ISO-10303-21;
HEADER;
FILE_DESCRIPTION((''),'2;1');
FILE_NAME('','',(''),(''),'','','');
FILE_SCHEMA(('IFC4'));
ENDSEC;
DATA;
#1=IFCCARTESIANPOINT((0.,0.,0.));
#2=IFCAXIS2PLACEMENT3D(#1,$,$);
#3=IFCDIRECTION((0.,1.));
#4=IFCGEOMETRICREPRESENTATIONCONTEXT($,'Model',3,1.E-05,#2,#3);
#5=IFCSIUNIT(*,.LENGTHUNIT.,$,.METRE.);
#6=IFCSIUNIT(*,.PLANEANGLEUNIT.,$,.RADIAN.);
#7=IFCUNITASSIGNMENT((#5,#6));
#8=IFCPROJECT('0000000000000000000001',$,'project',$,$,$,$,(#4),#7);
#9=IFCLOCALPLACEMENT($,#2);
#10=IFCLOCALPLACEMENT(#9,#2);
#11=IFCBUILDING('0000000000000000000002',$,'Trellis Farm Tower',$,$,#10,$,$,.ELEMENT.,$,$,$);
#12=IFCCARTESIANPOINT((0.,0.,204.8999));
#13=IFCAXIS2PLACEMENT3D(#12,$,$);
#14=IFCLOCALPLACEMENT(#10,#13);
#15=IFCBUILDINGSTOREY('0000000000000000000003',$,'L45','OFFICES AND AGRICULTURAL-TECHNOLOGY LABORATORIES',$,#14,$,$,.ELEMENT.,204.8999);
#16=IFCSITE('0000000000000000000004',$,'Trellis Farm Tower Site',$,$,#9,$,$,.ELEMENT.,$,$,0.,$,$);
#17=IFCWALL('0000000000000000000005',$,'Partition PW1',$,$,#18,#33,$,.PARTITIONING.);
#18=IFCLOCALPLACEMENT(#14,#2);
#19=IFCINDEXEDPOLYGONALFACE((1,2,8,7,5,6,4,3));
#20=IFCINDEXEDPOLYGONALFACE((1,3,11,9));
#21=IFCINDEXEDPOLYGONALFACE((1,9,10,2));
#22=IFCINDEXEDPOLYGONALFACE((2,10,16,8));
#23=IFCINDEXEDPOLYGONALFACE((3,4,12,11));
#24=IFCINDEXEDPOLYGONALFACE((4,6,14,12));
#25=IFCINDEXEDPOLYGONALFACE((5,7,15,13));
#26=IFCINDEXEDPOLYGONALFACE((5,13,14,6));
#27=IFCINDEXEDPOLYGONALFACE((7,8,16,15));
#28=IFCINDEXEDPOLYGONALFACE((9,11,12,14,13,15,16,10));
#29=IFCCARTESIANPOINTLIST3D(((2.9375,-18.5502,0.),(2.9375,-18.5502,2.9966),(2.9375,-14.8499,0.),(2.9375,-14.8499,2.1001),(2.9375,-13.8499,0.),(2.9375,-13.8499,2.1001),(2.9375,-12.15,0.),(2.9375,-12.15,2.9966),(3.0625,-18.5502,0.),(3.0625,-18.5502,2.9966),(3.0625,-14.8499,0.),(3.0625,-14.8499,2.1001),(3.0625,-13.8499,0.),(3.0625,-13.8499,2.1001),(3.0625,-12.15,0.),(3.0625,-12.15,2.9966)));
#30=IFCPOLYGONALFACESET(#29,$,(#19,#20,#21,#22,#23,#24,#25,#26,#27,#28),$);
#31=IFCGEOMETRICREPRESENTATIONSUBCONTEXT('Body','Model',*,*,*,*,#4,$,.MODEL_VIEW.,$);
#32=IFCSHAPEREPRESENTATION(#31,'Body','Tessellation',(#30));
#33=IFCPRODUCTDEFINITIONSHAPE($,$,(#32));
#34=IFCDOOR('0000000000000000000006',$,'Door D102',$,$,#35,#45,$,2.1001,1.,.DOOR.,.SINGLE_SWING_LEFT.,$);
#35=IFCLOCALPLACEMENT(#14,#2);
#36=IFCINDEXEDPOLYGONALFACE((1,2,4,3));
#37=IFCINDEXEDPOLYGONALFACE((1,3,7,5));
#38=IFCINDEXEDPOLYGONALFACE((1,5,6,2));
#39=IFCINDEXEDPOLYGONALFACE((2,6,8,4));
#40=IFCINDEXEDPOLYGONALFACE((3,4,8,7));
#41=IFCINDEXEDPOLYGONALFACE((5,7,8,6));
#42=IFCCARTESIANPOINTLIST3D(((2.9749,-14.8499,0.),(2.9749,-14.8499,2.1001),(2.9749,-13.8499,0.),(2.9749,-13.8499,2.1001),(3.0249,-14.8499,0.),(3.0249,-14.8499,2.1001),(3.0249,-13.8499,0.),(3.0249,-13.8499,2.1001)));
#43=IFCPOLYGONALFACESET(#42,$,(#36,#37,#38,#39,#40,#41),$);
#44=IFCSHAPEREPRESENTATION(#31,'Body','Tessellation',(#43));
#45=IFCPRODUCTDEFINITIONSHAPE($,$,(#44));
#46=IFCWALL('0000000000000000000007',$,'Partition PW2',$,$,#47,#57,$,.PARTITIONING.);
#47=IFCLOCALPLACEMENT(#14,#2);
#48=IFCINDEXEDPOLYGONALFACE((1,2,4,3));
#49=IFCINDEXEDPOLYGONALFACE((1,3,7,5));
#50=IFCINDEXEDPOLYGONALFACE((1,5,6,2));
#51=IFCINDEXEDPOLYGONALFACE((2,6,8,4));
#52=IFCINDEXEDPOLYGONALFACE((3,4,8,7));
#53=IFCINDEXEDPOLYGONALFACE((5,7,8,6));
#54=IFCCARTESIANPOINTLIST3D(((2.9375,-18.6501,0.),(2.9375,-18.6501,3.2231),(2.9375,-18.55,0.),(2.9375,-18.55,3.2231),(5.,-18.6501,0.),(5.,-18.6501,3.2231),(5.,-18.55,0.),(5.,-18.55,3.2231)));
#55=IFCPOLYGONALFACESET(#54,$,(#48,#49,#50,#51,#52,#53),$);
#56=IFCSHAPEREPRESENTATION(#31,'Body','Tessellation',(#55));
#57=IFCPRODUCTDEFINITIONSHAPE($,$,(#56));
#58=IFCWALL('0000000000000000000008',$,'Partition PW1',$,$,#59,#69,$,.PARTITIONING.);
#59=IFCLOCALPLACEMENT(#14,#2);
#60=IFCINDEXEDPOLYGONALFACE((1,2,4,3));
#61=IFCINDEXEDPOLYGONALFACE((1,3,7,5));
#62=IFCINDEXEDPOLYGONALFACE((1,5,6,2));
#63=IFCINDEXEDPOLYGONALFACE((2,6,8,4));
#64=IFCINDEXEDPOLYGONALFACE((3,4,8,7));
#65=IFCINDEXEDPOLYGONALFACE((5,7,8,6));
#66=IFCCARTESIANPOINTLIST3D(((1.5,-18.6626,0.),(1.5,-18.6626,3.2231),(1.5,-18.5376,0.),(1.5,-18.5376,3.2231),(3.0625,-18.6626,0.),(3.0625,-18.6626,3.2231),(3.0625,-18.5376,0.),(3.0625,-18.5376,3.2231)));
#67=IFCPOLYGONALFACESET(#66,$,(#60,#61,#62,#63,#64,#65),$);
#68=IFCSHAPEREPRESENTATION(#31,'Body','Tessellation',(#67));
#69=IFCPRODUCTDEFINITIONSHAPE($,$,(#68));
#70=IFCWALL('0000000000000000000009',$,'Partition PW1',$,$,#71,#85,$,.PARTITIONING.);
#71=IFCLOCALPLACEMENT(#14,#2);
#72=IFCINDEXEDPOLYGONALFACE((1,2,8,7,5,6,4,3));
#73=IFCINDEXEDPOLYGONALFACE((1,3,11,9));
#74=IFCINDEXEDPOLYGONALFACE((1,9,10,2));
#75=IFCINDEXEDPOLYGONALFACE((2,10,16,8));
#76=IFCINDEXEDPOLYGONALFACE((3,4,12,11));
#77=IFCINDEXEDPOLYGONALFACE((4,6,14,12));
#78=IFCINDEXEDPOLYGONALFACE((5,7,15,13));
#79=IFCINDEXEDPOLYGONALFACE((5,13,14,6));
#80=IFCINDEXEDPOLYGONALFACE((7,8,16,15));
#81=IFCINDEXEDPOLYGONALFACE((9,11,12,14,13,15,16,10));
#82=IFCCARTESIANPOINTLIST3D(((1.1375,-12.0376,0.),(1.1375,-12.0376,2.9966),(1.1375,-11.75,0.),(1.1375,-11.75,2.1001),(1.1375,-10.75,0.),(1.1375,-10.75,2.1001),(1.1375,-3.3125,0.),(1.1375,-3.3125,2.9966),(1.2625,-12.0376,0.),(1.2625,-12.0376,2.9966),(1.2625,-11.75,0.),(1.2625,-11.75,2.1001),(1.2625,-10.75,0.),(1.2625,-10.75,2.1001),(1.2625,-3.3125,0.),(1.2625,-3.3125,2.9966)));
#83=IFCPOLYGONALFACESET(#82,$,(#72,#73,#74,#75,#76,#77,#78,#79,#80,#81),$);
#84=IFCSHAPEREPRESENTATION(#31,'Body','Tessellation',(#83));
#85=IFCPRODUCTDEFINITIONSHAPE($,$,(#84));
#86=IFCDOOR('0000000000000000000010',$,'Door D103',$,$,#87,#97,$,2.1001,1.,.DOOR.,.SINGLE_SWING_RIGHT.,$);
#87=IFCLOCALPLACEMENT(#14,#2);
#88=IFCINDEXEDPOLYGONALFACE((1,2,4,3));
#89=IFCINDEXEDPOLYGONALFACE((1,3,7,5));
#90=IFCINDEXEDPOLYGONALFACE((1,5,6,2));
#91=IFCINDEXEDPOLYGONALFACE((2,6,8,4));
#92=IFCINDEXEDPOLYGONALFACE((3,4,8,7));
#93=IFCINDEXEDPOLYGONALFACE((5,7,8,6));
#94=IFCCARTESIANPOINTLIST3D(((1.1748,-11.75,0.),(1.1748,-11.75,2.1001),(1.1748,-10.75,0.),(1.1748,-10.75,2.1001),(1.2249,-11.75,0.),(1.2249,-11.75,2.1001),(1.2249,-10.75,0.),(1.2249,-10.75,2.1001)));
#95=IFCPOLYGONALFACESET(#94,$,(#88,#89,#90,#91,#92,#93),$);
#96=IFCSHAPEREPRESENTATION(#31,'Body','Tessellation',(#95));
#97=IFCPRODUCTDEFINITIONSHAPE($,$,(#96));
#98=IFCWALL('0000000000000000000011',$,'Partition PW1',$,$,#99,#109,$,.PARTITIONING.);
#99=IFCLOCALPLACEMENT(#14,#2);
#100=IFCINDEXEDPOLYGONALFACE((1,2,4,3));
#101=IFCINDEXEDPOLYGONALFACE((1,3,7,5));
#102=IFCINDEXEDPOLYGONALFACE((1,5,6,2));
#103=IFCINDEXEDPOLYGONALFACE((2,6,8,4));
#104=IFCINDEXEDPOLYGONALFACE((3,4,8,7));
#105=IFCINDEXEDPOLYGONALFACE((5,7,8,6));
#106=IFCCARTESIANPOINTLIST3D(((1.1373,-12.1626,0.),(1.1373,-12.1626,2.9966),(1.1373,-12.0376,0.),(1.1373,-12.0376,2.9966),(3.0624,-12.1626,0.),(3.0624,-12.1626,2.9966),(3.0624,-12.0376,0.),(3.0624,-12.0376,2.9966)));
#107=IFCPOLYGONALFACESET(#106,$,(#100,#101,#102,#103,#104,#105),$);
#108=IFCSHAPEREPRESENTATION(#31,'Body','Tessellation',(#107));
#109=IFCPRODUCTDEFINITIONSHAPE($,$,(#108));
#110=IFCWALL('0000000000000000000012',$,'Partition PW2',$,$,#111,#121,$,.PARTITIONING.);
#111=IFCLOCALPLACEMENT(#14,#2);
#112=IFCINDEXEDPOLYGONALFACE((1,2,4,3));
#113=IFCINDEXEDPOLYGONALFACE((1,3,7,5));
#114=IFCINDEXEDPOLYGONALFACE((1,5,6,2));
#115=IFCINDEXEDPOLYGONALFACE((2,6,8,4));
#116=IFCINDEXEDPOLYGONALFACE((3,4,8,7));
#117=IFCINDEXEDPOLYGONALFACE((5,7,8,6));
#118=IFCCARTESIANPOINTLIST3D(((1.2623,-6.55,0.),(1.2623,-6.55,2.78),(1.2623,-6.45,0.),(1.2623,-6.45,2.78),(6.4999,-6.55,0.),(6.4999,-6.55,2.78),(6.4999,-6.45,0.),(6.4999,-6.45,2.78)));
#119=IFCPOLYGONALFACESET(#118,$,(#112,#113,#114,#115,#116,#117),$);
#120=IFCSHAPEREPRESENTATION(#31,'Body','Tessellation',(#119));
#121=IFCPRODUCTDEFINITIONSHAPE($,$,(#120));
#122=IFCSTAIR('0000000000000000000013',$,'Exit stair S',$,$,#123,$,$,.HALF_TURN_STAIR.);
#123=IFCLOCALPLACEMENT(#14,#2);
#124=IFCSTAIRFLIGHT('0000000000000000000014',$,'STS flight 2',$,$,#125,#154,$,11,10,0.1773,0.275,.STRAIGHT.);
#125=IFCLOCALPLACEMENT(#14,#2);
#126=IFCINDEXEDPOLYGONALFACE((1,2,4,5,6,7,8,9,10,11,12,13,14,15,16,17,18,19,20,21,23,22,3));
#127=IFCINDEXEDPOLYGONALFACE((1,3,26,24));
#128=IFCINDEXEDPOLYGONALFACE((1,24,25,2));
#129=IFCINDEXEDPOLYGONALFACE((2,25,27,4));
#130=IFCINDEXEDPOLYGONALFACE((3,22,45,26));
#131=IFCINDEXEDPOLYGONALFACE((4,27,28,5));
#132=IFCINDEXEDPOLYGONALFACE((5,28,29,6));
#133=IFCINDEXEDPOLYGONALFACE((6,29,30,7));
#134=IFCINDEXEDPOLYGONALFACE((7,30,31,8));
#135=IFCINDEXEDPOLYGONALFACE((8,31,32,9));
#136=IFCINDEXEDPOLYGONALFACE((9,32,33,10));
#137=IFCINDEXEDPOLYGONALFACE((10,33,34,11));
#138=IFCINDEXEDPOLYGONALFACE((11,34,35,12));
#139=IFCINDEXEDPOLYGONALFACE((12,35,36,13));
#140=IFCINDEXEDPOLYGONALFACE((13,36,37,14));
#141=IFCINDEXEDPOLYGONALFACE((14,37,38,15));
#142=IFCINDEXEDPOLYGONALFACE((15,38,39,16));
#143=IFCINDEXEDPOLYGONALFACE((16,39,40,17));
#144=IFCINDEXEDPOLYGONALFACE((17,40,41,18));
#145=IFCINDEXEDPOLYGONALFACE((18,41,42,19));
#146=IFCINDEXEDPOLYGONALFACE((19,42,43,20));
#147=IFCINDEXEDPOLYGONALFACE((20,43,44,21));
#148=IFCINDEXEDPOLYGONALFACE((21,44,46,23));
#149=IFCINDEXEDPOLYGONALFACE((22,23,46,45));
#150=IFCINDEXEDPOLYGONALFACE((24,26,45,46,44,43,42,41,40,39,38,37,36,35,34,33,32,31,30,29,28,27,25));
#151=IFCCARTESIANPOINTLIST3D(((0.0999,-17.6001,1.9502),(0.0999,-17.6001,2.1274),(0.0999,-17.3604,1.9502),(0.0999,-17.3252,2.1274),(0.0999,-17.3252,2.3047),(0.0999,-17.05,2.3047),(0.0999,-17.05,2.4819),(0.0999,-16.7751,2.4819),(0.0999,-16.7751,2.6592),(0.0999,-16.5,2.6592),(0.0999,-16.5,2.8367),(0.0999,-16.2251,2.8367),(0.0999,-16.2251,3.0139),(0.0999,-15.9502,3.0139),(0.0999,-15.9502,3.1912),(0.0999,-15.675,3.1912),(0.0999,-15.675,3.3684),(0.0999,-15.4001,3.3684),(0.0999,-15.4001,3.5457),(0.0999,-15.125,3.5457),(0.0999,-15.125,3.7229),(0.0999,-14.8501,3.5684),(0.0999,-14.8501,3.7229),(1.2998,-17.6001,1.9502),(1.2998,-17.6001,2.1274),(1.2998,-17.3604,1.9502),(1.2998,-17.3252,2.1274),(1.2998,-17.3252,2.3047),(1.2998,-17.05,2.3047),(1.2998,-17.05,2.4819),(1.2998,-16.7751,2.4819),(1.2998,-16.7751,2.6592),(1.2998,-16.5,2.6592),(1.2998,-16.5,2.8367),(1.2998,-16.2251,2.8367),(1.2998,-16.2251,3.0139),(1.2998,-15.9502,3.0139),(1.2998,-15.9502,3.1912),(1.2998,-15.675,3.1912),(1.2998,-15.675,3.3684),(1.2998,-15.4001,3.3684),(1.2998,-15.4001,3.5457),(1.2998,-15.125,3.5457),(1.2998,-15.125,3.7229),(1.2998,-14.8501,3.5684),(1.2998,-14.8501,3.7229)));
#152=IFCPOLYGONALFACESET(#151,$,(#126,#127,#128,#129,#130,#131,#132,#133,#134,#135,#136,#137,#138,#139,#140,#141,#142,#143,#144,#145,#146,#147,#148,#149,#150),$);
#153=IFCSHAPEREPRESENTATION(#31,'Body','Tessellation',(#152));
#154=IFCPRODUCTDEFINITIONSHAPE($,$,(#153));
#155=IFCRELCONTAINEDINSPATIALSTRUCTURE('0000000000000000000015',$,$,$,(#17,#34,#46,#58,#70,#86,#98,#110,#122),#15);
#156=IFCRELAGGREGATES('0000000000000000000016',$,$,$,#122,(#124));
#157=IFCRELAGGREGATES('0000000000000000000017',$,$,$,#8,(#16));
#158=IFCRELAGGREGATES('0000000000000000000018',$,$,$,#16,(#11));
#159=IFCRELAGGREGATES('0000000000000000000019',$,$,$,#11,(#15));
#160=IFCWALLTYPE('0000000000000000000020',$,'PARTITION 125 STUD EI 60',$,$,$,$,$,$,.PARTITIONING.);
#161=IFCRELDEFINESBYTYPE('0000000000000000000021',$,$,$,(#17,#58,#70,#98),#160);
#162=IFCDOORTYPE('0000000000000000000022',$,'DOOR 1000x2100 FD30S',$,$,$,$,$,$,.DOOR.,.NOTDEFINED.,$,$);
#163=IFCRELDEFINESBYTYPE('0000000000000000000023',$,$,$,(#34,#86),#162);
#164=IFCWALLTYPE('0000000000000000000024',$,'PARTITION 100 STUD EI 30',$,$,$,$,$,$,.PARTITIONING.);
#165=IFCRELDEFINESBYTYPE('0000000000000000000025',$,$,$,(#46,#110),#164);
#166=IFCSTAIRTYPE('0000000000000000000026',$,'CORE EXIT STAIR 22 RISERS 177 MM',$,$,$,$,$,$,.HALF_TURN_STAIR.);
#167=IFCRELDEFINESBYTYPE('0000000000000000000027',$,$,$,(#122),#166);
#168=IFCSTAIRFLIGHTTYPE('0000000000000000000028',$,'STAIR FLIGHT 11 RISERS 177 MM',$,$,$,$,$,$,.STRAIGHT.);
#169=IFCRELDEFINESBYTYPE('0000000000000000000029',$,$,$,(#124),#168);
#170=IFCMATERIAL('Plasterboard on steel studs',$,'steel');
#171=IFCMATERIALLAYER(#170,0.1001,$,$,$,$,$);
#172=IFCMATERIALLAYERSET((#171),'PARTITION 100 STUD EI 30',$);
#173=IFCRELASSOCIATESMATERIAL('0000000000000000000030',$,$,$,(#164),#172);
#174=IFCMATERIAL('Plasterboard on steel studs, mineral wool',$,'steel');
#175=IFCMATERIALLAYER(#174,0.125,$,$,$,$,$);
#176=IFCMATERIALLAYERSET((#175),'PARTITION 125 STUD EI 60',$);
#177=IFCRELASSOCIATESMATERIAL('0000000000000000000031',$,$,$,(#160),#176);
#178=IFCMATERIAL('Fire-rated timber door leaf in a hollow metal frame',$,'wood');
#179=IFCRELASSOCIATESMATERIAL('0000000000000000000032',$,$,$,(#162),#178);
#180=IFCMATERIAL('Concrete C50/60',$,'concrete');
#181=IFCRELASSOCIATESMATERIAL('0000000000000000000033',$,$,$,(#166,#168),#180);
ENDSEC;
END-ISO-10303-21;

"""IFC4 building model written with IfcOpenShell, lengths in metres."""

from ifc_helpers import new_model, si_unit, direction, frame, frame_2d, origin, place, context, subcontext, project, spatial, polyline, rectangle, outline, extrude, source, transform, mapped, material, layer, layer_set, type_object, element, fill, aggregate, save


model = new_model("IFC4")

# Units and contexts
model_context = context("Model", 3, precision=1e-05, world=origin(), true_north=direction((0.0, 1.0)))
body_context = subcontext(model_context, "Body", "Model", "MODEL_VIEW")
ifc_project = project(units=[si_unit("LENGTHUNIT", "METRE"), si_unit("PLANEANGLEUNIT", "RADIAN")], contexts=[model_context])

# Site, building, storey
site_placement = place(None, origin())
site = spatial("IfcSite", under=ifc_project, at=site_placement, Name="Trellis Farm Tower Site", CompositionType="ELEMENT", RefElevation=0.0)
building_placement = place(site_placement, origin())
building = spatial("IfcBuilding", under=site, at=building_placement, Name="Trellis Farm Tower", CompositionType="ELEMENT")
storey_placement = place(building_placement, frame((0.0, 0.0, 204.8999)))
storey = spatial("IfcBuildingStorey", under=building, at=storey_placement, Name="L45", Description="OFFICES AND AGRICULTURAL-TECHNOLOGY LABORATORIES", CompositionType="ELEMENT", Elevation=204.8999)

# Shared definitions
placement_1 = place(storey_placement, origin())

# Shared definitions
ifc_material_1 = material(Name="Plasterboard on steel studs", Category="steel")
ifc_layer_1 = layer(ifc_material_1, 0.1001)
ifc_layer_set_1 = layer_set([ifc_layer_1], Name="PARTITION 100 STUD EI 30")
wall_type_1 = type_object("IfcWallType", Name="PARTITION 100 STUD EI 30", PredefinedType="PARTITIONING", material=ifc_layer_set_1)

# Wall, opening, door
ifc_material_2 = material(Name="Plasterboard on steel studs, mineral wool", Category="steel")
ifc_layer_2 = layer(ifc_material_2, 0.125)
ifc_layer_set_2 = layer_set([ifc_layer_2], Name="PARTITION 125 STUD EI 60")
wall_type_2 = type_object("IfcWallType", Name="PARTITION 125 STUD EI 60", PredefinedType="PARTITIONING", material=ifc_layer_set_2)
shared_shape_1 = source(origin(), body_context, "Body", "SweptSolid", [
    extrude(rectangle(XDim=6.4001, YDim=0.125, at=frame_2d((3.2002, 0.0))), origin(), (0.0, 0.0, 1.0), 2.9966),
])
wall_1_placement = place(storey_placement, frame((3.0, -12.1499, 0.0), z_axis=(0.0, 0.0, 1.0), x_axis=(0.0, -1.0, 0.0)))
wall_1 = element("IfcWall", 1, at=wall_1_placement, inside=storey, type_object=wall_type_2, Name="Partition PW1", PredefinedType="PARTITIONING", context=body_context, shape_type="MappedRepresentation", body=[
    mapped(shared_shape_1, transform((0.0, 0.0, 0.0))),
])
shared_shape_2 = source(origin(), body_context, "Body", "SweptSolid", [
    extrude(rectangle(XDim=1.0, YDim=2.1001, at=frame_2d((0.5, 1.05))), frame((0.0, 0.0725, 0.0), z_axis=(0.0, -1.0, 0.0), x_axis=(1.0, 0.0, 0.0)), (0.0, 0.0, 1.0), 0.145),
])
opening_1_placement = place(wall_1_placement, frame((1.7, 0.0, 0.0)))
opening_1 = element("IfcOpeningElement", 2, at=opening_1_placement, cuts=wall_1, PredefinedType="OPENING", context=body_context, shape_type="MappedRepresentation", body=[
    mapped(shared_shape_2, transform((0.0, 0.0, 0.0))),
])
ifc_material_3 = material(Name="Fire-rated timber door leaf in a hollow metal frame", Category="wood")
door_type_1 = type_object("IfcDoorType", Name="DOOR 1000x2100 FD30S", OperationType="NOTDEFINED", PredefinedType="DOOR", material=ifc_material_3)
shared_shape_3 = source(origin(), body_context, "Body", "SweptSolid", [
    extrude(rectangle(XDim=1.0, YDim=2.1001, at=frame_2d((0.5, 1.05))), frame((0.0, 0.0249, 0.0), z_axis=(0.0, -1.0, 0.0), x_axis=(1.0, 0.0, 0.0)), (0.0, 0.0, 1.0), 0.05),
])
door_1_placement = place(opening_1_placement, origin())
door_1 = element("IfcDoor", 3, at=door_1_placement, inside=storey, type_object=door_type_1, Name="Door D102", OperationType="SINGLE_SWING_LEFT", OverallHeight=2.1001, OverallWidth=1.0, PredefinedType="DOOR", context=body_context, shape_type="MappedRepresentation", body=[
    mapped(shared_shape_3, transform((0.0, 0.0, 0.0))),
])
fill(opening_1, door_1)

# Walls
shared_shape_4 = source(origin(), body_context, "Body", "SweptSolid", [
    extrude(rectangle(XDim=2.0625, YDim=0.1001, at=frame_2d((1.0312, 0.0))), origin(), (0.0, 0.0, 1.0), 3.2231),
])
wall_2_placement = place(storey_placement, frame((2.9375, -18.6001, 0.0), z_axis=(0.0, 0.0, 1.0), x_axis=(1.0, 0.0, 0.0)))
element("IfcWall", 4, at=wall_2_placement, inside=storey, type_object=wall_type_1, Name="Partition PW2", PredefinedType="PARTITIONING", context=body_context, shape_type="MappedRepresentation", body=[
    mapped(shared_shape_4, transform((0.0, 0.0, 0.0))),
])
shared_shape_5 = source(origin(), body_context, "Body", "SweptSolid", [
    extrude(rectangle(XDim=1.5625, YDim=0.125, at=frame_2d((0.7812, 0.0))), origin(), (0.0, 0.0, 1.0), 3.2231),
])
wall_3_placement = place(storey_placement, frame((3.0625, -18.6001, 0.0), z_axis=(0.0, 0.0, 1.0), x_axis=(-1.0, 0.0, 0.0)))
element("IfcWall", 5, at=wall_3_placement, inside=storey, type_object=wall_type_2, Name="Partition PW1", PredefinedType="PARTITIONING", context=body_context, shape_type="MappedRepresentation", body=[
    mapped(shared_shape_5, transform((0.0, 0.0, 0.0))),
])

# Wall, opening, door
shared_shape_6 = source(origin(), body_context, "Body", "SweptSolid", [
    extrude(rectangle(XDim=8.7251, YDim=0.125, at=frame_2d((4.3625, 0.0))), origin(), (0.0, 0.0, 1.0), 2.9966),
])
wall_4_placement = place(storey_placement, frame((1.2, -3.3125, 0.0), z_axis=(0.0, 0.0, 1.0), x_axis=(0.0, -1.0, 0.0)))
wall_4 = element("IfcWall", 6, at=wall_4_placement, inside=storey, type_object=wall_type_2, Name="Partition PW1", PredefinedType="PARTITIONING", context=body_context, shape_type="MappedRepresentation", body=[
    mapped(shared_shape_6, transform((0.0, 0.0, 0.0))),
])
opening_2_placement = place(wall_4_placement, frame((7.4375, 0.0, 0.0)))
opening_2 = element("IfcOpeningElement", 7, at=opening_2_placement, cuts=wall_4, PredefinedType="OPENING", context=body_context, shape_type="MappedRepresentation", body=[
    mapped(shared_shape_2, transform((0.0, 0.0, 0.0))),
])
door_2_placement = place(opening_2_placement, origin())
door_2 = element("IfcDoor", 8, at=door_2_placement, inside=storey, type_object=door_type_1, Name="Door D103", OperationType="SINGLE_SWING_RIGHT", OverallHeight=2.1001, OverallWidth=1.0, PredefinedType="DOOR", context=body_context, shape_type="MappedRepresentation", body=[
    mapped(shared_shape_3, transform((0.0, 0.0, 0.0))),
])
fill(opening_2, door_2)

# Walls
shared_shape_7 = source(origin(), body_context, "Body", "SweptSolid", [
    extrude(rectangle(XDim=1.925, YDim=0.125, at=frame_2d((0.9624, 0.0))), origin(), (0.0, 0.0, 1.0), 2.9966),
])
wall_5_placement = place(storey_placement, frame((1.1375, -12.1001, 0.0), z_axis=(0.0, 0.0, 1.0), x_axis=(1.0, 0.0, 0.0)))
element("IfcWall", 9, at=wall_5_placement, inside=storey, type_object=wall_type_2, Name="Partition PW1", PredefinedType="PARTITIONING", context=body_context, shape_type="MappedRepresentation", body=[
    mapped(shared_shape_7, transform((0.0, 0.0, 0.0))),
])
shared_shape_8 = source(origin(), body_context, "Body", "SweptSolid", [
    extrude(rectangle(XDim=5.2375, YDim=0.1001, at=frame_2d((2.6187, 0.0))), origin(), (0.0, 0.0, 1.0), 2.78),
])
wall_6_placement = place(storey_placement, frame((1.2625, -6.5, 0.0), z_axis=(0.0, 0.0, 1.0), x_axis=(1.0, 0.0, 0.0)))
element("IfcWall", 10, at=wall_6_placement, inside=storey, type_object=wall_type_1, Name="Partition PW2", PredefinedType="PARTITIONING", context=body_context, shape_type="MappedRepresentation", body=[
    mapped(shared_shape_8, transform((0.0, 0.0, 0.0))),
])

# Stair, stair flight
ifc_material_4 = material(Name="Concrete C50/60", Category="concrete")
stair_type = type_object("IfcStairType", Name="CORE EXIT STAIR 22 RISERS 177 MM", PredefinedType="HALF_TURN_STAIR", material=ifc_material_4)
stair = element("IfcStair", 11, at=placement_1, inside=storey, type_object=stair_type, Name="Exit stair S", PredefinedType="HALF_TURN_STAIR")
stair_flight_type = type_object("IfcStairFlightType", Name="STAIR FLIGHT 11 RISERS 177 MM", PredefinedType="STRAIGHT", material=ifc_material_4)
shared_shape_9 = source(origin(), body_context, "Body", "SweptSolid", [
    extrude(outline(polyline([(0.0, 0.0), (0.0, 0.1772), (0.2749, 0.1772), (0.2749, 0.3545), (0.55, 0.3545), (0.55, 0.5317), (0.825, 0.5317), (0.825, 0.709), (1.1001, 0.709), (1.1001, 0.8865), (1.375, 0.8865), (1.375, 1.0637), (1.6499, 1.0637), (1.6499, 1.241), (1.925, 1.241), (1.925, 1.4182), (2.2, 1.4182), (2.2, 1.5955), (2.4751, 1.5955), (2.4751, 1.7727), (2.75, 1.7727), (2.75, 1.95), (2.75, 1.6182), (0.2397, 0.0), (0.0, 0.0)])), frame((0.0, 0.6001, 0.0), z_axis=(0.0, -1.0, 0.0), x_axis=(1.0, 0.0, 0.0)), (0.0, 0.0, 1.0), 1.2),
])
stair_flight_placement = place(storey_placement, frame((0.7, -17.6001, 1.9502), z_axis=(0.0, 0.0, 1.0), x_axis=(0.0, 1.0, 0.0)))
stair_flight = element("IfcStairFlight", 12, at=stair_flight_placement, type_object=stair_flight_type, Name="STS flight 2", NumberOfRisers=11, NumberOfTreads=10, PredefinedType="STRAIGHT", RiserHeight=0.1773, TreadLength=0.275, context=body_context, shape_type="MappedRepresentation", body=[
    mapped(shared_shape_9, transform((0.0, 0.0, 0.0))),
])
aggregate(stair, [stair_flight])

save(model, "model.ifc")
